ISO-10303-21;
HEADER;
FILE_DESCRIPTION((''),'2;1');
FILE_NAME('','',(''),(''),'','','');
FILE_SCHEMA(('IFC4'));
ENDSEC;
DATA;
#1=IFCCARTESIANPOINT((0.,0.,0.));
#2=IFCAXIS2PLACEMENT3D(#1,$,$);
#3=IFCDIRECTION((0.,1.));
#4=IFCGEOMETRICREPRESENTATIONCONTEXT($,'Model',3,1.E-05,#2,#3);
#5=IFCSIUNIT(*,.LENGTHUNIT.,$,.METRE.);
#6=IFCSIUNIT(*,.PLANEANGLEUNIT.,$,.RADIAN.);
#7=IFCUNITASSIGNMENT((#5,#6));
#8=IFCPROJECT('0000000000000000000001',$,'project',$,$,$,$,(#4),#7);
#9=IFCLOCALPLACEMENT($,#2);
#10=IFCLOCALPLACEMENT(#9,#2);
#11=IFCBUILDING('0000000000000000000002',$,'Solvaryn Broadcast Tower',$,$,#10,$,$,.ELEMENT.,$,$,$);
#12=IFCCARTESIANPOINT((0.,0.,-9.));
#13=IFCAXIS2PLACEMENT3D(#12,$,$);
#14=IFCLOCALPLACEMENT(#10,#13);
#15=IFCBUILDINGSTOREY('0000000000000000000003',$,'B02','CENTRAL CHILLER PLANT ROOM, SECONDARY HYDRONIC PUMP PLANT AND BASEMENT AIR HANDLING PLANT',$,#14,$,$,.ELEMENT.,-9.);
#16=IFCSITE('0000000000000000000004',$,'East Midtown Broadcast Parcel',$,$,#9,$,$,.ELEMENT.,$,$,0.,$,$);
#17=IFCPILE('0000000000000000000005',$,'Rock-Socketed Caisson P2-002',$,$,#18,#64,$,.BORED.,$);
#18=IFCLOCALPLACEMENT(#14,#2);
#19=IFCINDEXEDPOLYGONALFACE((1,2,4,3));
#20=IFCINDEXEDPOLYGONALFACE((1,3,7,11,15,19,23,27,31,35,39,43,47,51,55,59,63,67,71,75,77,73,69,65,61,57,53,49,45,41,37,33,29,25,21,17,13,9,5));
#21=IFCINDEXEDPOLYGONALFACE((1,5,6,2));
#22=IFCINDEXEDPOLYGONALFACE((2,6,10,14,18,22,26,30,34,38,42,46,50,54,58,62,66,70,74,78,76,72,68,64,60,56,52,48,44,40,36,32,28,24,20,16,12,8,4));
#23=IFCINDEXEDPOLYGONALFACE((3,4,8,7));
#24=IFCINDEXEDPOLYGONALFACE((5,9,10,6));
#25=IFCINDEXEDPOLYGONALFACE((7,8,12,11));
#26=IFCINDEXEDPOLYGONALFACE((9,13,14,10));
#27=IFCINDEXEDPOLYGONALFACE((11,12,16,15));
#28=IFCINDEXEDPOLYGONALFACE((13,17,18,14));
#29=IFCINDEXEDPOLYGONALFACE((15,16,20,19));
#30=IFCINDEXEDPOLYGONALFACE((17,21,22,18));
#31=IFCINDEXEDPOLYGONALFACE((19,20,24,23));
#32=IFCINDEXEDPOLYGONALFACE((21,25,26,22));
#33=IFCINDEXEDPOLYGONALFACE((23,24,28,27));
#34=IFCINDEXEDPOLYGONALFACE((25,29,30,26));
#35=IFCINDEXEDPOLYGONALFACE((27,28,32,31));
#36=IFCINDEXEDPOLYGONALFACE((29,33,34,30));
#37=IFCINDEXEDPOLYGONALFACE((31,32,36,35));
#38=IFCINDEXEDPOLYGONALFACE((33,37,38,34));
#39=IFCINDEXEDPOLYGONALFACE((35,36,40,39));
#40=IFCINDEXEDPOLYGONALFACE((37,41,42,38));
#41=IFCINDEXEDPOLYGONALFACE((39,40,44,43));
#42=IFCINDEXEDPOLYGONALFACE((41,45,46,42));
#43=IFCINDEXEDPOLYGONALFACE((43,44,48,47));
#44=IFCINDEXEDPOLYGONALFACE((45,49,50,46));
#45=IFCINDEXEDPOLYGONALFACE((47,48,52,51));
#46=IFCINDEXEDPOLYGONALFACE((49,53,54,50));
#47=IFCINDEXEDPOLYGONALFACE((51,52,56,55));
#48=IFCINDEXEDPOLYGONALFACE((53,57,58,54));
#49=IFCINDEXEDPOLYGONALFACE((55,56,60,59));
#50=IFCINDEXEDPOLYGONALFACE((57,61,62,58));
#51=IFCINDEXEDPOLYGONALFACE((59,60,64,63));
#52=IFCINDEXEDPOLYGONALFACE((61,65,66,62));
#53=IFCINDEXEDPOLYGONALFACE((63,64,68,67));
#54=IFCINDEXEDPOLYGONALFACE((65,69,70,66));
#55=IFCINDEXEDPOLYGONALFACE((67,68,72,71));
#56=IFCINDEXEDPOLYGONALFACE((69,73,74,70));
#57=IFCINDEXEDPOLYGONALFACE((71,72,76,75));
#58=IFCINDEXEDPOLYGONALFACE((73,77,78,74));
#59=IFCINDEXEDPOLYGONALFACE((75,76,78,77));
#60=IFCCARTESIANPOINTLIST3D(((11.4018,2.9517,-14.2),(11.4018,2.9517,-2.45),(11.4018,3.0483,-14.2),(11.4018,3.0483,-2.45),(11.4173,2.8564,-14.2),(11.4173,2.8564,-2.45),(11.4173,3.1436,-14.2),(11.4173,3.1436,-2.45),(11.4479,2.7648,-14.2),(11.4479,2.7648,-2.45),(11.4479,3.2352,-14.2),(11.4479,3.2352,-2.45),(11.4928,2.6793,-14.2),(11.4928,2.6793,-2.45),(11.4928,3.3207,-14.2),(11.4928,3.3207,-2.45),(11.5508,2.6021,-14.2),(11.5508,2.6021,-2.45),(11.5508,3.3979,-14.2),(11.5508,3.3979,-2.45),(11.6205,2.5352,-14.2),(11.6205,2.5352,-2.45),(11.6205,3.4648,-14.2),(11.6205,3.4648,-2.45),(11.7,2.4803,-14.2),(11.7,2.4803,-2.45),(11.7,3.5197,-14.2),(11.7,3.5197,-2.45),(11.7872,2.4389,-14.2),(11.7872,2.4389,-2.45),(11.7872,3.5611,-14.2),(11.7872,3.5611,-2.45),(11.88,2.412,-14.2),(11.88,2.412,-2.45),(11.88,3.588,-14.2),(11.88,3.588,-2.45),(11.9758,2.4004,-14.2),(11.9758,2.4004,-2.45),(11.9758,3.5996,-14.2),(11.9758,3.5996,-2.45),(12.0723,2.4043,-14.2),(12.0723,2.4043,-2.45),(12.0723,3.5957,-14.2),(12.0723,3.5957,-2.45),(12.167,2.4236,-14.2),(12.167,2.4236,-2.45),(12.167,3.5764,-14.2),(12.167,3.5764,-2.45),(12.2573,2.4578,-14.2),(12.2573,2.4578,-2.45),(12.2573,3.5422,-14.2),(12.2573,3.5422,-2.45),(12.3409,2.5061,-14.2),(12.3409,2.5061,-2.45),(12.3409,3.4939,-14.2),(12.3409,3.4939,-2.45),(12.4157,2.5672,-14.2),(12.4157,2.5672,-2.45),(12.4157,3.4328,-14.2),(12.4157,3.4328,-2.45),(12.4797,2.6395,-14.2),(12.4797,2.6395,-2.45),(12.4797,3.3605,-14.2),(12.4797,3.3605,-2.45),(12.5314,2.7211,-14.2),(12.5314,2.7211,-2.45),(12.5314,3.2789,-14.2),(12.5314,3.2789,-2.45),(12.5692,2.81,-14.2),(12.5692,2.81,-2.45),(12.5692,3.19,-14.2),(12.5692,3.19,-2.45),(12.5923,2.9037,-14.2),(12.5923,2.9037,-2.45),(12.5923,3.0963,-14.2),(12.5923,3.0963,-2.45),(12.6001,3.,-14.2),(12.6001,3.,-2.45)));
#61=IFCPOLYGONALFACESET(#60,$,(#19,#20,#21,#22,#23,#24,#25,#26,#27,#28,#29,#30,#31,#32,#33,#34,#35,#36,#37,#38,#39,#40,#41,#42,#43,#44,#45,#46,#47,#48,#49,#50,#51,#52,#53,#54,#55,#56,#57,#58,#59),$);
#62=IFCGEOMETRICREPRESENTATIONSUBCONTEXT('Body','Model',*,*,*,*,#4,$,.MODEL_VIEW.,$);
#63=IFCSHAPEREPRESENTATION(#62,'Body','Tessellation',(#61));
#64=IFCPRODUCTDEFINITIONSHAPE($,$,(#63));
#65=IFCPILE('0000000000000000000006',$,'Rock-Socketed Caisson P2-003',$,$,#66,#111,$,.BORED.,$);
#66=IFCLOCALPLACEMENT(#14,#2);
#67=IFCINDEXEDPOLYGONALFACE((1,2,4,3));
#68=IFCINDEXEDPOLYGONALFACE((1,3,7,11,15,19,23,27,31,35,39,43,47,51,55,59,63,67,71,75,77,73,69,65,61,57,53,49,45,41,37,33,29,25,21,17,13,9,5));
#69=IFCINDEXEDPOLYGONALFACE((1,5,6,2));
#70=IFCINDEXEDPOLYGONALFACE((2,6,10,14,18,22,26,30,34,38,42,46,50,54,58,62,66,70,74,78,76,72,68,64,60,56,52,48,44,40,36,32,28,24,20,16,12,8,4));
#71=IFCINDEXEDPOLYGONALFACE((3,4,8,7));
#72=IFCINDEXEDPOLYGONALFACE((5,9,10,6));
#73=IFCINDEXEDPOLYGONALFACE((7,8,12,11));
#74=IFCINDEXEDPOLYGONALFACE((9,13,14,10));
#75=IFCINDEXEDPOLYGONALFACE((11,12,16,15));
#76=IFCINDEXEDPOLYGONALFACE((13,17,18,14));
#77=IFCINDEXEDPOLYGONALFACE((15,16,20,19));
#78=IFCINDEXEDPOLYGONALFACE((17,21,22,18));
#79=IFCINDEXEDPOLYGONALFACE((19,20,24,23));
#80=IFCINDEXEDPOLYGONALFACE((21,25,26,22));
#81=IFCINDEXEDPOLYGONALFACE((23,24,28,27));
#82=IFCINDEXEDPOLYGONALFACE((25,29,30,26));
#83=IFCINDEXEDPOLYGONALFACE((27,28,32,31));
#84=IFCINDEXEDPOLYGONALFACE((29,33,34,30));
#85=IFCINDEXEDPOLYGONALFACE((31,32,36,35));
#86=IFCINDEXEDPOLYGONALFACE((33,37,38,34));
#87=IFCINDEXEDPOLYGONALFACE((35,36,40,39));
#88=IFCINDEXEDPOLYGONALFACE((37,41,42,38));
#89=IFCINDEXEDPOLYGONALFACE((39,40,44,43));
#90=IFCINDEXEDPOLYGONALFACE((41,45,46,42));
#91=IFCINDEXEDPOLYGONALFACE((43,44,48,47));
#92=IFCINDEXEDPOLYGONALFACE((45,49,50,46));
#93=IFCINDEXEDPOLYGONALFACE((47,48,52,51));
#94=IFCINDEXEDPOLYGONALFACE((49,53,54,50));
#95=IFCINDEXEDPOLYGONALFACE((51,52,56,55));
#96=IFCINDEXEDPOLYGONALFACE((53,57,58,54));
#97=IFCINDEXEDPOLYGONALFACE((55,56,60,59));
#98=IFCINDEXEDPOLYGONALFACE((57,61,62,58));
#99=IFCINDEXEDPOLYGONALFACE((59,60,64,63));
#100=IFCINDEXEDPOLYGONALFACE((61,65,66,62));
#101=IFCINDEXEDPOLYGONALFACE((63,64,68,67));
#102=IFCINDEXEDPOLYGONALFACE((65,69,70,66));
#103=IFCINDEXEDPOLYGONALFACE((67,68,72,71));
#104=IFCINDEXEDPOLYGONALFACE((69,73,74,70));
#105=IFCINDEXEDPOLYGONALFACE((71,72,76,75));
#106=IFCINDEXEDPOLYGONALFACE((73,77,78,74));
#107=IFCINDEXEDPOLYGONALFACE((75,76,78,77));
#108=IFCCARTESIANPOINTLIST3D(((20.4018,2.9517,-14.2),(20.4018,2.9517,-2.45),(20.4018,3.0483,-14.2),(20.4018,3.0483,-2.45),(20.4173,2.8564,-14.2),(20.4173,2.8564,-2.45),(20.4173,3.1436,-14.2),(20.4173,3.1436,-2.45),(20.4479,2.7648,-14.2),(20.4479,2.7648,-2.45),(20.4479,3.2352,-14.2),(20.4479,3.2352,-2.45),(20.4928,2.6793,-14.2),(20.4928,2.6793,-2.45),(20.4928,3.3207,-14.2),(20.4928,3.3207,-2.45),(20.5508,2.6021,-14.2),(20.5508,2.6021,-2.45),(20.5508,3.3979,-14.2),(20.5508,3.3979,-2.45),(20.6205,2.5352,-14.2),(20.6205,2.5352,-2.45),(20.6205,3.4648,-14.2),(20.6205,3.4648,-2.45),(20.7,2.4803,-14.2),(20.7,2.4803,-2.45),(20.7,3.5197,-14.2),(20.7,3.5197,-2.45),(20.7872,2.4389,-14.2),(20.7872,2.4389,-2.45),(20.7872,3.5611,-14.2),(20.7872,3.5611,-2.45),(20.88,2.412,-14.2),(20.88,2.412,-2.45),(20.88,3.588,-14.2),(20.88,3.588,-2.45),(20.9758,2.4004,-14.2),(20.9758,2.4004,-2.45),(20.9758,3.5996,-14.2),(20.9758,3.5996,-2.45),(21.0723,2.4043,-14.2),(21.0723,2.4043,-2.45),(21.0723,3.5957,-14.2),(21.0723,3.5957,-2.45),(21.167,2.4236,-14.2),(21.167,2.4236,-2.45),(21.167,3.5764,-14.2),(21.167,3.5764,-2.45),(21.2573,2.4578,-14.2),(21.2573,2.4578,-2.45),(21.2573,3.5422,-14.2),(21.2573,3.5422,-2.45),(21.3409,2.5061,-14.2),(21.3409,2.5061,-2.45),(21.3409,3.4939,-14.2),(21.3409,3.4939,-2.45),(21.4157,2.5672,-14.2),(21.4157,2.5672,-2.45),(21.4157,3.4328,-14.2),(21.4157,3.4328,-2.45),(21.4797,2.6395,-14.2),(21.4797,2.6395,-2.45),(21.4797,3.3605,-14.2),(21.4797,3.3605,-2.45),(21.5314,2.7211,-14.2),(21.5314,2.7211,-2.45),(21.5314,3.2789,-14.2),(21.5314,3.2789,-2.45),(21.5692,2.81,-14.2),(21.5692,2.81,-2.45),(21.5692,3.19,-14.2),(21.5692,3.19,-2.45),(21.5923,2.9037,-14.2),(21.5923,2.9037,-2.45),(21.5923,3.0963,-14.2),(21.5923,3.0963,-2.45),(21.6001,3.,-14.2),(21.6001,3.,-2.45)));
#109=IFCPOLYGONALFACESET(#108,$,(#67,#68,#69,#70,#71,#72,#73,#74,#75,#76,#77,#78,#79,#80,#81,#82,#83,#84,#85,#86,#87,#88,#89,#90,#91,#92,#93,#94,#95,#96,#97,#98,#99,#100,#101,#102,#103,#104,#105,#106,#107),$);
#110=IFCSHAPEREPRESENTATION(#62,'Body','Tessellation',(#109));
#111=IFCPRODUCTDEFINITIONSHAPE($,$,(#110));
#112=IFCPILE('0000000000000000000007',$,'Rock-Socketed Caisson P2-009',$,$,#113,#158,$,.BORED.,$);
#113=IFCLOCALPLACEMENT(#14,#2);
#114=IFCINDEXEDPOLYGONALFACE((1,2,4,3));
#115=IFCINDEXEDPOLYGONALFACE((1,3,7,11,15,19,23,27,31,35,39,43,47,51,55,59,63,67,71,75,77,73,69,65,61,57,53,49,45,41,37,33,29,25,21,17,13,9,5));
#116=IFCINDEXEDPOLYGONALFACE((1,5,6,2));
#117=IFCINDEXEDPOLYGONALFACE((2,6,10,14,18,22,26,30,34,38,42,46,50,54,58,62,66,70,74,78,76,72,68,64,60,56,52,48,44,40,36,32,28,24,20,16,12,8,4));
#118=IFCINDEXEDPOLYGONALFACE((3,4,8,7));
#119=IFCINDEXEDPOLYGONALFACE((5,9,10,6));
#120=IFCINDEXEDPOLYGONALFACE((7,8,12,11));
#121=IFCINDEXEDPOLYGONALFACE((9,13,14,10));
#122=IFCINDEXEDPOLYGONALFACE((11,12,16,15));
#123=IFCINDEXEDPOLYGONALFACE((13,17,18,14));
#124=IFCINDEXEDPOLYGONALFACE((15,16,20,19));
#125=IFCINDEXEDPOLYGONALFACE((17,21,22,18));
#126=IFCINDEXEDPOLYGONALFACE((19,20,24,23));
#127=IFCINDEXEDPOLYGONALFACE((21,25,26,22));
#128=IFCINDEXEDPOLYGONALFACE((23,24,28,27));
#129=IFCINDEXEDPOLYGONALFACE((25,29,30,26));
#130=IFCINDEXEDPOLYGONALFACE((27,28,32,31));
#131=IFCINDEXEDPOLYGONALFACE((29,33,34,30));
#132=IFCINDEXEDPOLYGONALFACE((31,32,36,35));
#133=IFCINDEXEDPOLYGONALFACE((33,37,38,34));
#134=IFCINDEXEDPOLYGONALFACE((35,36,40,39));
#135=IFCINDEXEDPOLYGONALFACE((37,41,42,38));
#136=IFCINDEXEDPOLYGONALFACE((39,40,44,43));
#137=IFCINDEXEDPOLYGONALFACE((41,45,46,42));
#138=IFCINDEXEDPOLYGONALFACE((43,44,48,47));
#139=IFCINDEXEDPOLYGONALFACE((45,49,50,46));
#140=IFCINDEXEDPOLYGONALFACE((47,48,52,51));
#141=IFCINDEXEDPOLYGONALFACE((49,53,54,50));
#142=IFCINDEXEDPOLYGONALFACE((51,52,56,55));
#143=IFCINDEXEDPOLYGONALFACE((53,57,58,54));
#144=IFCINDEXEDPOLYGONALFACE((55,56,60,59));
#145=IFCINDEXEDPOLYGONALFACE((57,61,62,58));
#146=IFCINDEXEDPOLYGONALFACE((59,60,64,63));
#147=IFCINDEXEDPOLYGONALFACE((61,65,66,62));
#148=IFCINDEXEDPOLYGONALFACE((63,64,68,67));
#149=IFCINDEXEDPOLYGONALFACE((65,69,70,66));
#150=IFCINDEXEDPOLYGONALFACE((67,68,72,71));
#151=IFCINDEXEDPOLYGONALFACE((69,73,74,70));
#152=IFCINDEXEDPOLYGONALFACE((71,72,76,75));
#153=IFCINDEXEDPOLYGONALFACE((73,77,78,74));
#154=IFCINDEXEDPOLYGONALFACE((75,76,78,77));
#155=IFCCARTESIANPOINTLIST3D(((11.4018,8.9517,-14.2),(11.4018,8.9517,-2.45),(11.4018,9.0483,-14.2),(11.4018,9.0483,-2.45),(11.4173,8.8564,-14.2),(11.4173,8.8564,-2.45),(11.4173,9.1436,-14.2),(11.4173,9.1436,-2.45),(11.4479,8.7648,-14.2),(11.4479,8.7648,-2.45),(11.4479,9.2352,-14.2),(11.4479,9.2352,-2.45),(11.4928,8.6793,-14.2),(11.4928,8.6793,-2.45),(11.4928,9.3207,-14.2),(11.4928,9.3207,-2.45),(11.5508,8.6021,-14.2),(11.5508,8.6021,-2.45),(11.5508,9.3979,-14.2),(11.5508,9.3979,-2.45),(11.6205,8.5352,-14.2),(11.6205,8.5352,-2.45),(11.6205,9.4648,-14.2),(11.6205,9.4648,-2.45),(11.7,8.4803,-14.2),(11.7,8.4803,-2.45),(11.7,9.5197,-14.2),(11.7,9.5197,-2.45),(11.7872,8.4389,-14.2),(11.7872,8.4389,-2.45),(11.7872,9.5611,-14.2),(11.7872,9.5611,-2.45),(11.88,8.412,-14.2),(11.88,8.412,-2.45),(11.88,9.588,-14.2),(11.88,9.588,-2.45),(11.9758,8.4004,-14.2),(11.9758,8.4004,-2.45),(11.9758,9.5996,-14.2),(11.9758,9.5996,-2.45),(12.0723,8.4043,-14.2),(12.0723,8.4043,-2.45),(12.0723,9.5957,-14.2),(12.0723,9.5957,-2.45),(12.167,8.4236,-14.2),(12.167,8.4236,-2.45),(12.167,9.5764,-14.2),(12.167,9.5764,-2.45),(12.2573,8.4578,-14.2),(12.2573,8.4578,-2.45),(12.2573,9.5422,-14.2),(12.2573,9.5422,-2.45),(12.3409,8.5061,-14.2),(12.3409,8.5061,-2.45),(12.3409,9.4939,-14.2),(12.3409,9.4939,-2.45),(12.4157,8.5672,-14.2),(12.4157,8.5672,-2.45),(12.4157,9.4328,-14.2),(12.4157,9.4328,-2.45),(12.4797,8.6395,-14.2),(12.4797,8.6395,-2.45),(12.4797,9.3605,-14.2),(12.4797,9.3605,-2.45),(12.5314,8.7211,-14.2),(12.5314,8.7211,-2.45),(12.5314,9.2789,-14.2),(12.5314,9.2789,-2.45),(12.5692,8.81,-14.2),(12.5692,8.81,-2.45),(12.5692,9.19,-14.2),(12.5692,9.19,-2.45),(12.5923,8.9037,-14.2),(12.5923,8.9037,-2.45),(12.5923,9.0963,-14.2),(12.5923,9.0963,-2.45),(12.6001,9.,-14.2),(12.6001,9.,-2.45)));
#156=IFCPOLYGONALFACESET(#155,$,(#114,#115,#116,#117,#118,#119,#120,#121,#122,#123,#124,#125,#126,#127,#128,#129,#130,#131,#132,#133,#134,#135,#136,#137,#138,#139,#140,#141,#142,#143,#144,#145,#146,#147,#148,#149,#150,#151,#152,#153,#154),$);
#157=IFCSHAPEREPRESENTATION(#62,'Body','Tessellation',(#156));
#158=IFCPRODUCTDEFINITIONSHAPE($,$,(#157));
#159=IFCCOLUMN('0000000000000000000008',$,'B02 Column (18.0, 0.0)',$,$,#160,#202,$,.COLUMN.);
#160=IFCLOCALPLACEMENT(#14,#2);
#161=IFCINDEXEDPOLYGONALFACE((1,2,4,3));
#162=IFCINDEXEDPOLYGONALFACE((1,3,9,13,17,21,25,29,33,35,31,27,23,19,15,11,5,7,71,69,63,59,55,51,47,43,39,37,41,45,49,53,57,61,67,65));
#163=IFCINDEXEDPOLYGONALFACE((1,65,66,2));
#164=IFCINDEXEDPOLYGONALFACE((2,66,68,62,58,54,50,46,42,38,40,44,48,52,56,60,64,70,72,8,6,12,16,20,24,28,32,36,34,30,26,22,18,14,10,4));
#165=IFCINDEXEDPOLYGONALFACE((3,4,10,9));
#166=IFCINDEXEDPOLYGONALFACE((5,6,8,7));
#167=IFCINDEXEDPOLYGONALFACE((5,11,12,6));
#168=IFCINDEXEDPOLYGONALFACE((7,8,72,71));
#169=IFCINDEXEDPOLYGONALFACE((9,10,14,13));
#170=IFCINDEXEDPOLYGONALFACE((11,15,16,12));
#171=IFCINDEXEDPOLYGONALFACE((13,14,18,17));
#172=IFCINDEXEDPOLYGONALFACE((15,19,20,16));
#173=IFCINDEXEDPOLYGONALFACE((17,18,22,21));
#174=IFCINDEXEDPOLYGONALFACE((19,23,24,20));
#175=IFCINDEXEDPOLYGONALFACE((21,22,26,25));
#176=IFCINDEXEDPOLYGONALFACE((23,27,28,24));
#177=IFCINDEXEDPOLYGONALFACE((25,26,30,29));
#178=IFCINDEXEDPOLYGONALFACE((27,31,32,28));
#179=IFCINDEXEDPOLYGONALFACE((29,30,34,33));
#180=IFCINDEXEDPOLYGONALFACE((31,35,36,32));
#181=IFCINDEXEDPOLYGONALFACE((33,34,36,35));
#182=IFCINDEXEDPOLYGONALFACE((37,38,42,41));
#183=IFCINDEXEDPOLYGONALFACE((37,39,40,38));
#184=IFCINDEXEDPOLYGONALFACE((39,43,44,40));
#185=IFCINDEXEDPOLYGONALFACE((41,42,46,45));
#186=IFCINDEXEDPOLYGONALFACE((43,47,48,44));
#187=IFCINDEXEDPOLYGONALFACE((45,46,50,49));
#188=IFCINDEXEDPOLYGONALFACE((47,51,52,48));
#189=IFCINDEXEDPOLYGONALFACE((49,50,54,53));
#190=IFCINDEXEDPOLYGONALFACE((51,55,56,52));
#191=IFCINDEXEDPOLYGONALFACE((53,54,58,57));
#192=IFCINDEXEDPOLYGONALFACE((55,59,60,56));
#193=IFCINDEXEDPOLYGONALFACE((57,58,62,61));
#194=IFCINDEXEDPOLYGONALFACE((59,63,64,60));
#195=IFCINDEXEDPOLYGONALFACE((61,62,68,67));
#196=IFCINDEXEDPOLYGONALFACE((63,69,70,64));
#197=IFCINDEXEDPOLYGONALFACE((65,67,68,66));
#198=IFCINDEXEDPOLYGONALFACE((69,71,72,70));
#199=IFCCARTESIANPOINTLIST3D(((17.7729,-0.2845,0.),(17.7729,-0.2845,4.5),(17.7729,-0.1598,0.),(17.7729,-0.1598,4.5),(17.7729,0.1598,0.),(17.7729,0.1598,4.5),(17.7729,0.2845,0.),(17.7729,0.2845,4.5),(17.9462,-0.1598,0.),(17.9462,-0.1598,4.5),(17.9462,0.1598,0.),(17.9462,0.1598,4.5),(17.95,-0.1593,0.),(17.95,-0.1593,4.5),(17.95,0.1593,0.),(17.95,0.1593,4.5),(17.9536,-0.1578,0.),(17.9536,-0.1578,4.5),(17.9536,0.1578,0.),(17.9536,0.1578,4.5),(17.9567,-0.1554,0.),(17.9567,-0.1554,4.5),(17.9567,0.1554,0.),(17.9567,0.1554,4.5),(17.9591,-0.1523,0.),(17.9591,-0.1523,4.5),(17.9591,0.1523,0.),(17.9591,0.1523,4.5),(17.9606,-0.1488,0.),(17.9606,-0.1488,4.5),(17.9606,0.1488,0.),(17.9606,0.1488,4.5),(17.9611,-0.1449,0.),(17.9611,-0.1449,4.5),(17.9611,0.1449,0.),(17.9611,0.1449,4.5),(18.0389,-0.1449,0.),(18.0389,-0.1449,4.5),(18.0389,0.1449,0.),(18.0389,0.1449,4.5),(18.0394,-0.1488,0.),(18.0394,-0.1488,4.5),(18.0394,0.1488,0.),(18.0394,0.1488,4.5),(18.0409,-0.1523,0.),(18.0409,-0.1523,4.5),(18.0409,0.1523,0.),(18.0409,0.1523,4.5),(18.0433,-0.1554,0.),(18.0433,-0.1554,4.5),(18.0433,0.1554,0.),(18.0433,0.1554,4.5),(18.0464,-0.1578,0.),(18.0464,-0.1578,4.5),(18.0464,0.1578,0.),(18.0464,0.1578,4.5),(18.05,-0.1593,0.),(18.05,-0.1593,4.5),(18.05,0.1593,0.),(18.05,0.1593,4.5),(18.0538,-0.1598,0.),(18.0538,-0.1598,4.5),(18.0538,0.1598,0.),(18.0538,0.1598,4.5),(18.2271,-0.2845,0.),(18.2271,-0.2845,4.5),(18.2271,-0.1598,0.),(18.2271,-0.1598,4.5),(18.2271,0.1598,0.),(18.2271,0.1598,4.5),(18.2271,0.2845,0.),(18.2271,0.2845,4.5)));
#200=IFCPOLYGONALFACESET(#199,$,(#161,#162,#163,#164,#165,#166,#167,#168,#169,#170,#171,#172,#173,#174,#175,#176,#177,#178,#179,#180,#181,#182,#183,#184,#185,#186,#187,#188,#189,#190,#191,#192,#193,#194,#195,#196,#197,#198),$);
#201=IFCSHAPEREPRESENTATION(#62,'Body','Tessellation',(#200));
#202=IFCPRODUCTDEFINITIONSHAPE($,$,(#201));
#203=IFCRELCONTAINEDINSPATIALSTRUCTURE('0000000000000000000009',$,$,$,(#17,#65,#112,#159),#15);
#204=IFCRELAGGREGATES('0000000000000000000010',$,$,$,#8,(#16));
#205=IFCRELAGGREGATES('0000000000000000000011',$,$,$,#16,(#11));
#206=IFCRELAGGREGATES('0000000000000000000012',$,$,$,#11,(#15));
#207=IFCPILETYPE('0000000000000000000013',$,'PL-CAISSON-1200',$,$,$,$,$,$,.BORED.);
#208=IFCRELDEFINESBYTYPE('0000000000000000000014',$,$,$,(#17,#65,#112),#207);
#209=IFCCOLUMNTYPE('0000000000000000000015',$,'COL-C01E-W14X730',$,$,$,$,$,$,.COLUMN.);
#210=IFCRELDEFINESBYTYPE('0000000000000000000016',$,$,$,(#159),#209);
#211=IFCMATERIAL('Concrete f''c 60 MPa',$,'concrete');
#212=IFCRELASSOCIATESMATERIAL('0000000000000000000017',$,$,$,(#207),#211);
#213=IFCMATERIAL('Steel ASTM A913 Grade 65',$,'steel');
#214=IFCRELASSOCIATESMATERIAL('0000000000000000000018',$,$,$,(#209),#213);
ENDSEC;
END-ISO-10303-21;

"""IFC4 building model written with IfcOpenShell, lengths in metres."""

from ifc_helpers import new_model, si_unit, direction, frame, origin, origin_2d, place, context, subcontext, project, spatial, circle, i_section, extrude, material, material_profile, profile_set, type_object, element, save


model = new_model("IFC4")

# Units and contexts
model_context = context("Model", 3, precision=1e-05, world=origin(), true_north=direction((0.0, 1.0)))
body_context = subcontext(model_context, "Body", "Model", "MODEL_VIEW")
ifc_project = project(units=[si_unit("LENGTHUNIT", "METRE"), si_unit("PLANEANGLEUNIT", "RADIAN")], contexts=[model_context])

# Site, building, storey
site_placement = place(None, origin())
site = spatial("IfcSite", under=ifc_project, at=site_placement, Name="East Midtown Broadcast Parcel", CompositionType="ELEMENT", RefElevation=0.0)
building_placement = place(site_placement, origin())
building = spatial("IfcBuilding", under=site, at=building_placement, Name="Solvaryn Broadcast Tower", CompositionType="ELEMENT")
storey_placement = place(building_placement, frame((0.0, 0.0, -9.0)))
storey = spatial("IfcBuildingStorey", under=building, at=storey_placement, Name="B02", Description="CENTRAL CHILLER PLANT ROOM, SECONDARY HYDRONIC PUMP PLANT AND BASEMENT AIR HANDLING PLANT", CompositionType="ELEMENT", Elevation=-9.0)

# Piles
ifc_material_1 = material(Name="Concrete f'c 60 MPa", Category="concrete")
ifc_material_profile_1 = material_profile(ifc_material_1, circle(Radius=0.6001, at=origin_2d()))
ifc_profile_set_1 = profile_set([ifc_material_profile_1], Name="Concrete f'c 60 MPa")
pile_type = type_object("IfcPileType", Name="PL-CAISSON-1200", PredefinedType="BORED", material=ifc_profile_set_1)
for number, where, z_axis, x_axis, name in (
    (1, (12.0, 3.0, -2.45), (0.0, 0.0, -1.0), (1.0, 0.0, 0.0), "Rock-Socketed Caisson P2-002"),
    (2, (21.0, 3.0, -2.45), (0.0, 0.0, -1.0), (1.0, 0.0, 0.0), "Rock-Socketed Caisson P2-003"),
    (3, (12.0, 9.0, -2.45), (0.0, 0.0, -1.0), (1.0, 0.0, 0.0), "Rock-Socketed Caisson P2-009"),
):
    element("IfcPile", number, at=place(storey_placement, frame(where, z_axis=z_axis, x_axis=x_axis)), inside=storey, type_object=pile_type, Name=name, PredefinedType="BORED", context=body_context, shape_type="SweptSolid", body=[
        extrude(circle(Radius=0.6001, at=origin_2d()), origin(), (0.0, 0.0, 1.0), 11.75),
    ])

# Column
ifc_material_2 = material(Name="Steel ASTM A913 Grade 65", Category="steel")
ifc_material_profile_2 = material_profile(ifc_material_2, i_section(OverallWidth=0.4541, OverallDepth=0.5691, WebThickness=0.0779, FlangeThickness=0.1248, FilletRadius=0.0149, at=origin_2d()))
ifc_profile_set_2 = profile_set([ifc_material_profile_2], Name="Steel ASTM A913 Grade 65")
column_type_1 = type_object("IfcColumnType", Name="COL-C01E-W14X730", PredefinedType="COLUMN", material=ifc_profile_set_2)
for number, where, z_axis, x_axis, name in (
    (4, (18.0, 0.0, 0.0), (0.0, 0.0, 1.0), (1.0, 0.0, 0.0), "B02 Column (18.0, 0.0)"),
):
    element("IfcColumn", number, at=place(storey_placement, frame(where, z_axis=z_axis, x_axis=x_axis)), inside=storey, type_object=column_type_1, Name=name, PredefinedType="COLUMN", context=body_context, shape_type="SweptSolid", body=[
        extrude(i_section(OverallWidth=0.4541, OverallDepth=0.5691, WebThickness=0.0779, FlangeThickness=0.1248, FilletRadius=0.0149, at=origin_2d()), origin(), (0.0, 0.0, 1.0), 4.5),
    ])

save(model, "model.ifc")
